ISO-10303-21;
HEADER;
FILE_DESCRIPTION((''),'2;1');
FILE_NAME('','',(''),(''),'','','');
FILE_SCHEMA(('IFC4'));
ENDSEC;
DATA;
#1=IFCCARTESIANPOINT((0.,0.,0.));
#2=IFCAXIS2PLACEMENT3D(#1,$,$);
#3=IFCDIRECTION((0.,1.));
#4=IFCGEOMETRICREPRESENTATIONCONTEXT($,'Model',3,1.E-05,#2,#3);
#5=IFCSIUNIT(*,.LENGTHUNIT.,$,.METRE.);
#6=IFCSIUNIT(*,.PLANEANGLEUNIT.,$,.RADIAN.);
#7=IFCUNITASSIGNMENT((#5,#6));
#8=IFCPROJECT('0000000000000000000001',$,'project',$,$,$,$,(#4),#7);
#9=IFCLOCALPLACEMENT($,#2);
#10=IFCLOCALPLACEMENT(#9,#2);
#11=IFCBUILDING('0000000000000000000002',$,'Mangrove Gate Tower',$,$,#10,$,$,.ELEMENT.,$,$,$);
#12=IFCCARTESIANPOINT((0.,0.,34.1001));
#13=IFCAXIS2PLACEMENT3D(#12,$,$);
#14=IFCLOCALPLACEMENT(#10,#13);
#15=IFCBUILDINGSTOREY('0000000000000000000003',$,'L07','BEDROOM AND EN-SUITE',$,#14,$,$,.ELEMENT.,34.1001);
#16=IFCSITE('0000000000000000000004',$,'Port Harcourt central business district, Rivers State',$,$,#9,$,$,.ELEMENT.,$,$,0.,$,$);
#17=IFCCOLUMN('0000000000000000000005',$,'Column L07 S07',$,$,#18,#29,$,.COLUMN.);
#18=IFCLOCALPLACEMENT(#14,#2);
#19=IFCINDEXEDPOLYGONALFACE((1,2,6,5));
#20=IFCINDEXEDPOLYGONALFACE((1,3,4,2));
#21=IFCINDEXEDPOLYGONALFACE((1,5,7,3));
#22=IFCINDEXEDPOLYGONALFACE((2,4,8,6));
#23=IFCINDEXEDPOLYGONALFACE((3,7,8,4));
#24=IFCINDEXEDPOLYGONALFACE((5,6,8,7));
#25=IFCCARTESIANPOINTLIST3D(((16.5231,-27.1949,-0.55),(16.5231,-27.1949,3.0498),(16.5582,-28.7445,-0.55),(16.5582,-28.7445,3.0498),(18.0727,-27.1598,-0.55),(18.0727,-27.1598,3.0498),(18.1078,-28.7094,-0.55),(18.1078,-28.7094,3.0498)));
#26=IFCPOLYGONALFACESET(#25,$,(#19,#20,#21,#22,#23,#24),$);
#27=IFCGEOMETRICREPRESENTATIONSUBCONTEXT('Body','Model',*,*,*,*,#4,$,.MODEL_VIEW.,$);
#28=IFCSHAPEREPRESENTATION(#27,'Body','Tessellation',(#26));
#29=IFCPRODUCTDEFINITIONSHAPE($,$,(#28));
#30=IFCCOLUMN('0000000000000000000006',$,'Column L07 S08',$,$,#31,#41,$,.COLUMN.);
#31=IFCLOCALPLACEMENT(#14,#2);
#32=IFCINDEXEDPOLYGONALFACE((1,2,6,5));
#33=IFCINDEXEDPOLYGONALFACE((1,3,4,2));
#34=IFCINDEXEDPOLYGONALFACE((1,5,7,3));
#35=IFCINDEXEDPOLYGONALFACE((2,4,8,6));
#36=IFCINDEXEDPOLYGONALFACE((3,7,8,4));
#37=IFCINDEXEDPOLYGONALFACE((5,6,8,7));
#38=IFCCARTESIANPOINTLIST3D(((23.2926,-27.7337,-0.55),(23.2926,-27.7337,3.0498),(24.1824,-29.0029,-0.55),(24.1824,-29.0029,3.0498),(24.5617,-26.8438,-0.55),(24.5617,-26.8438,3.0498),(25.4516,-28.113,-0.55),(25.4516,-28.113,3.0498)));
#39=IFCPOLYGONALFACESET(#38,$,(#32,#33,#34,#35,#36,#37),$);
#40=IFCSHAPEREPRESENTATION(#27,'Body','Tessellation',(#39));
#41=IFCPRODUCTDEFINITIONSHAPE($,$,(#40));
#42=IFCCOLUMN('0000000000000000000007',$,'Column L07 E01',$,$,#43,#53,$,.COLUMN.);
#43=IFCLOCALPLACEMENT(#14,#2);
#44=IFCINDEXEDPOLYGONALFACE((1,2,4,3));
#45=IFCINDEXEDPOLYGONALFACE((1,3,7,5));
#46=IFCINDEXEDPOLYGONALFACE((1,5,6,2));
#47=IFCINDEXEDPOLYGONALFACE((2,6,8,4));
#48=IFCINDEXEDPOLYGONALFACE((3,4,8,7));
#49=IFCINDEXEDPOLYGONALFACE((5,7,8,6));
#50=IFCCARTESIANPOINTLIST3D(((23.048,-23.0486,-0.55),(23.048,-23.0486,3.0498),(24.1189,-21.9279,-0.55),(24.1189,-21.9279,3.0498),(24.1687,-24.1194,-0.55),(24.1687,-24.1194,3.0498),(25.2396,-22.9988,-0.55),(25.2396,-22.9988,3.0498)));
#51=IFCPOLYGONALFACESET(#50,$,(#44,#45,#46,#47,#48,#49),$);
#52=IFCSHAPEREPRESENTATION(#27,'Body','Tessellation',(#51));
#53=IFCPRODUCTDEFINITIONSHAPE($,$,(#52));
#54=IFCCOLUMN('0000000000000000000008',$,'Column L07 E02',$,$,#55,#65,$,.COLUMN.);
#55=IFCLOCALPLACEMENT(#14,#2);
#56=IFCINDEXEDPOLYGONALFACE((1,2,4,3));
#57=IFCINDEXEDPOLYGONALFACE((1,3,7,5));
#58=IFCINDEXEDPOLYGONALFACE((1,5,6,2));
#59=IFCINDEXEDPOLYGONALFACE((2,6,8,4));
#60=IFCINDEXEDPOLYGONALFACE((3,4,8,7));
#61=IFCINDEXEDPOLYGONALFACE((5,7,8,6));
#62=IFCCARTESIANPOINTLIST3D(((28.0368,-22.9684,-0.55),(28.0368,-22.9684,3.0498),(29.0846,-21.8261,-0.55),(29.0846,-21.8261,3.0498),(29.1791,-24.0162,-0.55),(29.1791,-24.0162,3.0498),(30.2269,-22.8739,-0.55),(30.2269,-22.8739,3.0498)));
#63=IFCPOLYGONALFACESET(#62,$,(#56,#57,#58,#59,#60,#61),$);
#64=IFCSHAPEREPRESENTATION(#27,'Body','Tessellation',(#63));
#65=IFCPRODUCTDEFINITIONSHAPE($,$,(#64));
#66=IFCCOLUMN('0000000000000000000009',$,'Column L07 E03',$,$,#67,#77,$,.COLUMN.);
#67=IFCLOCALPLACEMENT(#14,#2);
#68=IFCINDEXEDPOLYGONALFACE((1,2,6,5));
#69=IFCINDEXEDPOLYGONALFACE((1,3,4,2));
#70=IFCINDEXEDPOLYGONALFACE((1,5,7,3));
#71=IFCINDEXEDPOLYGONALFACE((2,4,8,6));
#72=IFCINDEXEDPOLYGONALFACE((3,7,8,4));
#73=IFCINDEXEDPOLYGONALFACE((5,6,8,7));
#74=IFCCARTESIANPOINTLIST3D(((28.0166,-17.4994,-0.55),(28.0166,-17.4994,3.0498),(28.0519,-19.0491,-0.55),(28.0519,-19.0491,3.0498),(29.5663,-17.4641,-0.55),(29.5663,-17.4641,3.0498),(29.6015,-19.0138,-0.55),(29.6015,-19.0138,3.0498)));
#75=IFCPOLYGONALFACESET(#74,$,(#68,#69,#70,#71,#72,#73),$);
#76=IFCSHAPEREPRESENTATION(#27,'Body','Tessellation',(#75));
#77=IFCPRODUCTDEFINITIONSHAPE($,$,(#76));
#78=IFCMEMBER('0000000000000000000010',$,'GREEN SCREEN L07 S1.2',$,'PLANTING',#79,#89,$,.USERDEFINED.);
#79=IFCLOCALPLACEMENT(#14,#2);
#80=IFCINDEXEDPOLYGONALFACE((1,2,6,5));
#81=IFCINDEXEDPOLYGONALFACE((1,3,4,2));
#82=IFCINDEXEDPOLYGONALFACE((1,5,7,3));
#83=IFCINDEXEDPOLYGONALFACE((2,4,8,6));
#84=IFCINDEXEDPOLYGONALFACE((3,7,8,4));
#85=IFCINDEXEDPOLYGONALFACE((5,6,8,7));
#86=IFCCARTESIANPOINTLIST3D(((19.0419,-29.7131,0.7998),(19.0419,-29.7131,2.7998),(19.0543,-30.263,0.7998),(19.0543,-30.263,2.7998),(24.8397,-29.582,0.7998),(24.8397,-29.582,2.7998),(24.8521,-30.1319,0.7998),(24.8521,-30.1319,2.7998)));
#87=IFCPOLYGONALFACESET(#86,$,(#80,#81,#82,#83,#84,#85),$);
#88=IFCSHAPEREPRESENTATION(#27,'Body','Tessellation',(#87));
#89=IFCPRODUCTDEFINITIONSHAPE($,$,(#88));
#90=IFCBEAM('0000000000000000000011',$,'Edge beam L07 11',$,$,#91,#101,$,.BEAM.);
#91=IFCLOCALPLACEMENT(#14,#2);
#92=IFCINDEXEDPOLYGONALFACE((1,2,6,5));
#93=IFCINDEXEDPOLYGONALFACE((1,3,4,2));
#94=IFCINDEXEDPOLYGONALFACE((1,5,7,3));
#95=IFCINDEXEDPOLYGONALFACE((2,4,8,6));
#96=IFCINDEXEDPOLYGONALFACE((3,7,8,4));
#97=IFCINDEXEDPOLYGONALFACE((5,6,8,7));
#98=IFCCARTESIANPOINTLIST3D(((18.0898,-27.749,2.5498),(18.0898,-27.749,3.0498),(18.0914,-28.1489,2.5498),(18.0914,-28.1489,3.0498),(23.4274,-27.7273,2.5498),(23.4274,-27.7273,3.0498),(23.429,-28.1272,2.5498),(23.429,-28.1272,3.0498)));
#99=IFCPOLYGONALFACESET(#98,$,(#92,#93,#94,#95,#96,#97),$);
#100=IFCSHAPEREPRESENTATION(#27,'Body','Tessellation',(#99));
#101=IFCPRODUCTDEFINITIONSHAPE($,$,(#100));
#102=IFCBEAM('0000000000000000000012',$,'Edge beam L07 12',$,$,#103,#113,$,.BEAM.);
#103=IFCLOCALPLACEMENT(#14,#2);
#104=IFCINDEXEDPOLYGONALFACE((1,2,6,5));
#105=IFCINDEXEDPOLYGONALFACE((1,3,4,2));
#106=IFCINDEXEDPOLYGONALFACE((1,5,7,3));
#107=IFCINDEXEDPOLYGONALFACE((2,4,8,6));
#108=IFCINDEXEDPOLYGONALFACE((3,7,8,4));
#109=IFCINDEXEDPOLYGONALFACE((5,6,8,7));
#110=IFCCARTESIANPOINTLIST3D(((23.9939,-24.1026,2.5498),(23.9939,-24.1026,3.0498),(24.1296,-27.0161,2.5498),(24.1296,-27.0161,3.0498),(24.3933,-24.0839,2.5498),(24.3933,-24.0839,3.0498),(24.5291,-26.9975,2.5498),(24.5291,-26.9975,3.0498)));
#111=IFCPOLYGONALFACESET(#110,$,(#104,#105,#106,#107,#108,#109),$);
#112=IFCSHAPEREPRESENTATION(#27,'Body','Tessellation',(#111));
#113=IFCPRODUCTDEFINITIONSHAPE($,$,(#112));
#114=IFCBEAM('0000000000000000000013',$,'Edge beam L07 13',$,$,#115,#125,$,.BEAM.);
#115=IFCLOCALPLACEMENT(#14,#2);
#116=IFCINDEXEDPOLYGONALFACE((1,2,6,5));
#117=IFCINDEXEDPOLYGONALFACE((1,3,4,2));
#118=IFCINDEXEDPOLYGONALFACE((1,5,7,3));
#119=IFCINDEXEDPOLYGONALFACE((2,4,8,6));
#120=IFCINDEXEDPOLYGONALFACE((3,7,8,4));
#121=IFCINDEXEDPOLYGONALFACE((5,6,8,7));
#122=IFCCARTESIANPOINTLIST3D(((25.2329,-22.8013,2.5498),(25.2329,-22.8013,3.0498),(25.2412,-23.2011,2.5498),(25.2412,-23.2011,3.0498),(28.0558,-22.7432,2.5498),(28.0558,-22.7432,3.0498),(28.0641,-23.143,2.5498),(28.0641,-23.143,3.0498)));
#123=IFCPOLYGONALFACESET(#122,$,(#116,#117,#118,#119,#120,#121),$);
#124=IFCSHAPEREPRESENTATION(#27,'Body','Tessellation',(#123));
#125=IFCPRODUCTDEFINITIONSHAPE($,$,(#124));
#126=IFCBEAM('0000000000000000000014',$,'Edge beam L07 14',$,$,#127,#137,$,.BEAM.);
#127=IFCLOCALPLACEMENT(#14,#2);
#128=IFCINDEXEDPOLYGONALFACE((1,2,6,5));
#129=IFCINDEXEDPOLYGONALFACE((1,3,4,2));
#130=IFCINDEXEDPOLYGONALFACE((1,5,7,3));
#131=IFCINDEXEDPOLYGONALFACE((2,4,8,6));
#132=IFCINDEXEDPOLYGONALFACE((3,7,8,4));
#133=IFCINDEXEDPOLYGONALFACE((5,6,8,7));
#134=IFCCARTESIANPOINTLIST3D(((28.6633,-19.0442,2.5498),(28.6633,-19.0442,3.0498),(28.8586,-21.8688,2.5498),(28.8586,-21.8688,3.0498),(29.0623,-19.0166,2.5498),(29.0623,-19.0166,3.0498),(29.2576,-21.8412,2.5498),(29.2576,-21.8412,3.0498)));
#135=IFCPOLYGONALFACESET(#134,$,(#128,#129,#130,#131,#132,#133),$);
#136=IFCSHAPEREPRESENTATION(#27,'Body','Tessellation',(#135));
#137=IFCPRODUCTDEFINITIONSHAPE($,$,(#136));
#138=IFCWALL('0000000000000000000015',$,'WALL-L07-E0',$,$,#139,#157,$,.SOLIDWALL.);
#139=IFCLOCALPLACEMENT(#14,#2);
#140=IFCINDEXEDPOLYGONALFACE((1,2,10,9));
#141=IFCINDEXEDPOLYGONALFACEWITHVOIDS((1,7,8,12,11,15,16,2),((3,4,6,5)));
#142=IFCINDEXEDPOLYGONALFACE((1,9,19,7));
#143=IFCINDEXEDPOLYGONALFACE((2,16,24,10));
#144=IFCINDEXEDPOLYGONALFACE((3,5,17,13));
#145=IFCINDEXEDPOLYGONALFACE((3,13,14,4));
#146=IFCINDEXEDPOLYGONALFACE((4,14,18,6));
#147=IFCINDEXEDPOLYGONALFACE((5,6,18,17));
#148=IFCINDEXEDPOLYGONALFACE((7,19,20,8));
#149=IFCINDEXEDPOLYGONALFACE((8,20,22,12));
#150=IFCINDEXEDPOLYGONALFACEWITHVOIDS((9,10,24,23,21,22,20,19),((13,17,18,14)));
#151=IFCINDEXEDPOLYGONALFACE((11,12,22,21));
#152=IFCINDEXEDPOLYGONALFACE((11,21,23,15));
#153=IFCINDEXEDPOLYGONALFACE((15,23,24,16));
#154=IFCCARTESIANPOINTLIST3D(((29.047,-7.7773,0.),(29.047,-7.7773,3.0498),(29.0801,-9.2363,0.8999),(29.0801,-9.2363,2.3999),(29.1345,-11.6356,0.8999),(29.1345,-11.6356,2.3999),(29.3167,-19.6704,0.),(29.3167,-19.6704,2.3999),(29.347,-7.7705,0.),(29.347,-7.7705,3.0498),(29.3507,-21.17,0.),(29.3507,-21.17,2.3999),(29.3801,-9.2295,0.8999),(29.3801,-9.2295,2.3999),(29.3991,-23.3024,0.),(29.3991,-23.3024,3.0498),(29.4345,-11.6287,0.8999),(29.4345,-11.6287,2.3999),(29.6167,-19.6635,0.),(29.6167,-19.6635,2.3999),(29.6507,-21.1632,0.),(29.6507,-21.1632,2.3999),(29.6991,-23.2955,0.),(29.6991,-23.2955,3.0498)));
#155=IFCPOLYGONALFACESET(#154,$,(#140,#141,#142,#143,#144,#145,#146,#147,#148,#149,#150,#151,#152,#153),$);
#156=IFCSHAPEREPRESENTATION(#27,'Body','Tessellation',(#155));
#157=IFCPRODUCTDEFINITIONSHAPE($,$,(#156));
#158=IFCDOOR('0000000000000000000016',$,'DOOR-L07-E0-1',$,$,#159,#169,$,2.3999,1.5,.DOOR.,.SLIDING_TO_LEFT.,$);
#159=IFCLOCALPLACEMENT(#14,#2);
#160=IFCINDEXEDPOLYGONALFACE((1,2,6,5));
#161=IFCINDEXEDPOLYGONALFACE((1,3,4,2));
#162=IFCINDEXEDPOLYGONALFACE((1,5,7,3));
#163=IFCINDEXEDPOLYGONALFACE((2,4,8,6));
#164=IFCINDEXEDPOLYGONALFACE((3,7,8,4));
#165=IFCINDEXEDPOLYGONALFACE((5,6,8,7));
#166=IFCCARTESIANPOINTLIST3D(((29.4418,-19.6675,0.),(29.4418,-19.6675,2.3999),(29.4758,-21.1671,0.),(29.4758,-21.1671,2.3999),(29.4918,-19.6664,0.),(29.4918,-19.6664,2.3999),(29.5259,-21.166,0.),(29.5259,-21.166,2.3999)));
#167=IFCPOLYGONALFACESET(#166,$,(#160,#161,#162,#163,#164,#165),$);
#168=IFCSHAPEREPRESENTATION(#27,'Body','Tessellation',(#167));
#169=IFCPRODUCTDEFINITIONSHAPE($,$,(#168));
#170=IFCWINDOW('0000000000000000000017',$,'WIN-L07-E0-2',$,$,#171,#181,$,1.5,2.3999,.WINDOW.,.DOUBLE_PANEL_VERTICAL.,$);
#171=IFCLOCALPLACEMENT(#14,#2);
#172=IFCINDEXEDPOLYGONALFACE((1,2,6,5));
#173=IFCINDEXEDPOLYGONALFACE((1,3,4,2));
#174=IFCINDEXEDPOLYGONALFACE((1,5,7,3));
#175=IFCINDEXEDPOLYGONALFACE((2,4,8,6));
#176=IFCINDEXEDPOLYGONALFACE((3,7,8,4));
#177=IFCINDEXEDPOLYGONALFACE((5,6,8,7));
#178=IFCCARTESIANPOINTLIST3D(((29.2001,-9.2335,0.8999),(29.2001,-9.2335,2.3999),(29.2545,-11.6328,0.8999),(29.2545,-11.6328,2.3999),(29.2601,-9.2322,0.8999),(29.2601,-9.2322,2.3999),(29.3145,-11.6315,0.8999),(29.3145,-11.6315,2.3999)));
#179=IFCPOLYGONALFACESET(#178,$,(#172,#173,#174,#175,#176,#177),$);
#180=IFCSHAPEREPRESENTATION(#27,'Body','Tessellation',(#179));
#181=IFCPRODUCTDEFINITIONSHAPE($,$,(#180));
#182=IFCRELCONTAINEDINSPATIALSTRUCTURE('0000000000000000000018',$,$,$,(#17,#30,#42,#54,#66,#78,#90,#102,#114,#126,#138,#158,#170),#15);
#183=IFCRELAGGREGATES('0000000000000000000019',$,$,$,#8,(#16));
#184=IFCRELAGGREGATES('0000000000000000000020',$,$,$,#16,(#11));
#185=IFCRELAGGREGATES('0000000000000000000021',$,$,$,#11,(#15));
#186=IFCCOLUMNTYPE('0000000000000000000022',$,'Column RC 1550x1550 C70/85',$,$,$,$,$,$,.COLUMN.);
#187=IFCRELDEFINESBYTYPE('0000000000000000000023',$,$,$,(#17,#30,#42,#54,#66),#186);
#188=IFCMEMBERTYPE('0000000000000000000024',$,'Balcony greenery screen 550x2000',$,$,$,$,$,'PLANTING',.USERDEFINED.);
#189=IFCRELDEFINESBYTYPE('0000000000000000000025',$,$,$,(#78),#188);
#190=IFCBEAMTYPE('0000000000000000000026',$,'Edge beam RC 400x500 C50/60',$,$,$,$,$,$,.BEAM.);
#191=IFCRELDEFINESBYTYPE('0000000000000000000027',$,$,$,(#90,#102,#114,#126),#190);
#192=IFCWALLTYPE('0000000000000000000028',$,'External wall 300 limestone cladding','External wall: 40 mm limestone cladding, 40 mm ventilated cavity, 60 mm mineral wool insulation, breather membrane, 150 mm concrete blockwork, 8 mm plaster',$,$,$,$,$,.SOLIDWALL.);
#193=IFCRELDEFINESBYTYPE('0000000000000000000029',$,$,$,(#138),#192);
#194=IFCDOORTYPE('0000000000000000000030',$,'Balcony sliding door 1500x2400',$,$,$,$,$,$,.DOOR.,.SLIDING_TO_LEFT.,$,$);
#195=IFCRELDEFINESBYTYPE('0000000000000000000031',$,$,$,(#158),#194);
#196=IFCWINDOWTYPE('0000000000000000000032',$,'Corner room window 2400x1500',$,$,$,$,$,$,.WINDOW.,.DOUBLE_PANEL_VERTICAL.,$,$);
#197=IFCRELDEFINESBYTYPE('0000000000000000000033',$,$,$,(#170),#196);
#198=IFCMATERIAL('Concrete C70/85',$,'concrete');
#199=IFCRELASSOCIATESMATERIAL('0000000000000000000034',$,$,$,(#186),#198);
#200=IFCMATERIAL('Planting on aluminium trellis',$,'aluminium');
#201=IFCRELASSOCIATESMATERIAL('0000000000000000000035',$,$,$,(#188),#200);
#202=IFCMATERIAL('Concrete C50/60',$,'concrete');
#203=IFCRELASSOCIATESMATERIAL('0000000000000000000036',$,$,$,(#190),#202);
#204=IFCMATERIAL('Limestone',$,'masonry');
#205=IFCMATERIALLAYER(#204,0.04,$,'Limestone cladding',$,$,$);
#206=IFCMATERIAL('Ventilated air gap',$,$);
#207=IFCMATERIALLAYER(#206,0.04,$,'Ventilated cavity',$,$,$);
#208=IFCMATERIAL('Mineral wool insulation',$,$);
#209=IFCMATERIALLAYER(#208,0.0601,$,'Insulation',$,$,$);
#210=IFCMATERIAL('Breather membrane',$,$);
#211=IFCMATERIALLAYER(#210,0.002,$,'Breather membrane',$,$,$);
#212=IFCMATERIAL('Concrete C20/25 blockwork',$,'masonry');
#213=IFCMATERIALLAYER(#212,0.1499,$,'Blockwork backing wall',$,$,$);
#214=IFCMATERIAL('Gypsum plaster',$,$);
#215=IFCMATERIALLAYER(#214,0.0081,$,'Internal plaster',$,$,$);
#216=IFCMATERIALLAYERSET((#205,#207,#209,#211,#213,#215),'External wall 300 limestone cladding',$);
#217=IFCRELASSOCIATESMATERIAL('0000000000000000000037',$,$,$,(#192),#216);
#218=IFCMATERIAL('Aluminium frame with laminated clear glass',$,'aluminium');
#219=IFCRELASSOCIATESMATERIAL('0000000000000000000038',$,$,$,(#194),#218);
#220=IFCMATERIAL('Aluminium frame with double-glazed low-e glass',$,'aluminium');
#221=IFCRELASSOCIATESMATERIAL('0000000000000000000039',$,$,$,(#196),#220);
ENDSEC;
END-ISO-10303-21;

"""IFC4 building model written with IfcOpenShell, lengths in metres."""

from ifc_helpers import new_model, si_unit, direction, frame, frame_2d, origin, origin_2d, place, context, subcontext, project, spatial, rectangle, extrude, material, layer, layer_set, material_profile, profile_set, type_object, element, fill, save


model = new_model("IFC4")

# Units and contexts
model_context = context("Model", 3, precision=1e-05, world=origin(), true_north=direction((0.0, 1.0)))
body_context = subcontext(model_context, "Body", "Model", "MODEL_VIEW")
ifc_project = project(units=[si_unit("LENGTHUNIT", "METRE"), si_unit("PLANEANGLEUNIT", "RADIAN")], contexts=[model_context])

# Site, building, storey
site_placement = place(None, origin())
site = spatial("IfcSite", under=ifc_project, at=site_placement, Name="Port Harcourt central business district, Rivers State", CompositionType="ELEMENT", RefElevation=0.0)
building_placement = place(site_placement, origin())
building = spatial("IfcBuilding", under=site, at=building_placement, Name="Mangrove Gate Tower", CompositionType="ELEMENT")
storey_placement = place(building_placement, frame((0.0, 0.0, 34.1001)))
storey = spatial("IfcBuildingStorey", under=building, at=storey_placement, Name="L07", Description="BEDROOM AND EN-SUITE", CompositionType="ELEMENT", Elevation=34.1001)

# Columns
ifc_material_1 = material(Name="Concrete C70/85", Category="concrete")
ifc_material_profile_1 = material_profile(ifc_material_1, rectangle(XDim=1.55, YDim=1.55, at=origin_2d()))
ifc_profile_set_1 = profile_set([ifc_material_profile_1], Name="Concrete C70/85")
column_type = type_object("IfcColumnType", Name="Column RC 1550x1550 C70/85", PredefinedType="COLUMN", material=ifc_profile_set_1)
for number, where, z_axis, x_axis, name in (
    (1, (17.3154, -27.9521, -0.55), (0.0, 0.0, 1.0), (0.999744, 0.022644, 0.0), "Column L07 S07"),
    (2, (24.3721, -27.9233, -0.55), (0.0, 0.0, 1.0), (0.818799, 0.574081, 0.0), "Column L07 S08"),
    (3, (24.1438, -23.0237, -0.55), (0.0, 0.0, 1.0), (0.690876, 0.722973, 0.0), "Column L07 E01"),
    (4, (29.1318, -22.9211, -0.55), (0.0, 0.0, 1.0), (0.675975, 0.736924, 0.0), "Column L07 E02"),
    (5, (28.8091, -18.2566, -0.55), (0.0, 0.0, 1.0), (-0.022754, 0.999741, 0.0), "Column L07 E03"),
):
    element("IfcColumn", number, at=place(storey_placement, frame(where, z_axis=z_axis, x_axis=x_axis)), inside=storey, type_object=column_type, Name=name, PredefinedType="COLUMN", context=body_context, shape_type="SweptSolid", body=[
        extrude(rectangle(XDim=1.55, YDim=1.55, at=origin_2d()), origin(), (0.0, 0.0, 1.0), 3.5999),
    ])

# Member
ifc_material_2 = material(Name="Planting on aluminium trellis", Category="aluminium")
ifc_material_profile_2 = material_profile(ifc_material_2, rectangle(XDim=0.55, YDim=2.0, at=origin_2d()))
ifc_profile_set_2 = profile_set([ifc_material_profile_2], Name="Planting on aluminium trellis")
member_type = type_object("IfcMemberType", Name="Balcony greenery screen 550x2000", ElementType="PLANTING", PredefinedType="USERDEFINED", material=ifc_profile_set_2)
member_placement = place(storey_placement, frame((19.0481, -29.988, 1.7998), z_axis=(0.999744, 0.022607, 0.0), x_axis=(-0.022607, 0.999744, 0.0)))
element("IfcMember", 6, at=member_placement, inside=storey, type_object=member_type, Name="GREEN SCREEN L07 S1.2", ObjectType="PLANTING", PredefinedType="USERDEFINED", context=body_context, shape_type="SweptSolid", body=[
    extrude(rectangle(XDim=0.55, YDim=2.0, at=origin_2d()), origin(), (0.0, 0.0, 1.0), 5.7993),
])

# Beams
ifc_material_3 = material(Name="Concrete C50/60", Category="concrete")
ifc_material_profile_3 = material_profile(ifc_material_3, rectangle(XDim=0.3999, YDim=0.5, at=origin_2d()))
ifc_profile_set_3 = profile_set([ifc_material_profile_3], Name="Concrete C50/60")
beam_type = type_object("IfcBeamType", Name="Edge beam RC 400x500 C50/60", PredefinedType="BEAM", material=ifc_profile_set_3)
beam_1_placement = place(storey_placement, frame((18.0906, -27.949, 2.7998), z_axis=(0.999992, 0.004071, 0.0), x_axis=(-0.004071, 0.999992, 0.0)))
element("IfcBeam", 7, at=beam_1_placement, inside=storey, type_object=beam_type, Name="Edge beam L07 11", PredefinedType="BEAM", context=body_context, shape_type="SweptSolid", body=[
    extrude(rectangle(XDim=0.3999, YDim=0.5, at=origin_2d()), origin(), (0.0, 0.0, 1.0), 5.3376),
])
beam_2_placement = place(storey_placement, frame((24.3293, -27.0068, 2.7998), z_axis=(-0.046539, 0.998916, 0.0), x_axis=(-0.998916, -0.046539, 0.0)))
element("IfcBeam", 8, at=beam_2_placement, inside=storey, type_object=beam_type, Name="Edge beam L07 12", PredefinedType="BEAM", context=body_context, shape_type="SweptSolid", body=[
    extrude(rectangle(XDim=0.3999, YDim=0.5, at=origin_2d()), origin(), (0.0, 0.0, 1.0), 2.9167),
])
beam_3_placement = place(storey_placement, frame((25.2371, -23.0012, 2.7998), z_axis=(0.999788, 0.020579, 0.0), x_axis=(-0.020579, 0.999788, 0.0)))
element("IfcBeam", 9, at=beam_3_placement, inside=storey, type_object=beam_type, Name="Edge beam L07 13", PredefinedType="BEAM", context=body_context, shape_type="SweptSolid", body=[
    extrude(rectangle(XDim=0.3999, YDim=0.5, at=origin_2d()), origin(), (0.0, 0.0, 1.0), 2.8235),
])
beam_4_placement = place(storey_placement, frame((29.0581, -21.855, 2.7998), z_axis=(-0.068986, 0.997618, 0.0), x_axis=(-0.997618, -0.068986, 0.0)))
element("IfcBeam", 10, at=beam_4_placement, inside=storey, type_object=beam_type, Name="Edge beam L07 14", PredefinedType="BEAM", context=body_context, shape_type="SweptSolid", body=[
    extrude(rectangle(XDim=0.3999, YDim=0.5, at=origin_2d()), origin(), (0.0, 0.0, 1.0), 2.8313),
])

# Wall, openings, door, window
ifc_material_4 = material(Name="Limestone", Category="masonry")
ifc_layer_1 = layer(ifc_material_4, 0.04, Name="Limestone cladding")
ifc_material_5 = material(Name="Ventilated air gap")
ifc_layer_2 = layer(ifc_material_5, 0.04, Name="Ventilated cavity")
ifc_material_6 = material(Name="Mineral wool insulation")
ifc_layer_3 = layer(ifc_material_6, 0.0601, Name="Insulation")
ifc_material_7 = material(Name="Breather membrane")
ifc_layer_4 = layer(ifc_material_7, 0.002, Name="Breather membrane")
ifc_material_8 = material(Name="Concrete C20/25 blockwork", Category="masonry")
ifc_layer_5 = layer(ifc_material_8, 0.1499, Name="Blockwork backing wall")
ifc_material_9 = material(Name="Gypsum plaster")
ifc_layer_6 = layer(ifc_material_9, 0.0081, Name="Internal plaster")
ifc_layer_set_1 = layer_set([ifc_layer_1, ifc_layer_2, ifc_layer_3, ifc_layer_4, ifc_layer_5, ifc_layer_6], Name="External wall 300 limestone cladding")
wall_type_1 = type_object("IfcWallType", Name="External wall 300 limestone cladding", Description="External wall: 40 mm limestone cladding, 40 mm ventilated cavity, 60 mm mineral wool insulation, breather membrane, 150 mm concrete blockwork, 8 mm plaster", PredefinedType="SOLIDWALL", material=ifc_layer_set_1)
wall_1_placement = place(storey_placement, frame((29.5491, -23.2991, 0.0), z_axis=(0.0, 0.0, 1.0), x_axis=(-0.02267, 0.999743, 0.0)))
wall_1 = element("IfcWall", 11, at=wall_1_placement, inside=storey, type_object=wall_type_1, Name="WALL-L07-E0", PredefinedType="SOLIDWALL", context=body_context, shape_type="SweptSolid", body=[
    extrude(rectangle(XDim=15.5291, YDim=0.3, at=frame_2d((7.7646, 0.0))), origin(), (0.0, 0.0, 1.0), 3.0498),
])
opening_1_placement = place(wall_1_placement, frame((2.1331, 0.0, 0.0)))
opening_1 = element("IfcOpeningElement", 12, at=opening_1_placement, cuts=wall_1, PredefinedType="OPENING", context=body_context, shape_type="SweptSolid", body=[
    extrude(rectangle(XDim=1.5, YDim=2.3999, at=frame_2d((0.75, 1.2))), frame((0.0, 0.1599, 0.0), z_axis=(0.0, -1.0, 0.0), x_axis=(1.0, 0.0, 0.0)), (0.0, 0.0, 1.0), 0.3201),
])
opening_2_placement = place(wall_1_placement, frame((11.6699, 0.0, 0.8999)))
opening_2 = element("IfcOpeningElement", 13, at=opening_2_placement, cuts=wall_1, PredefinedType="OPENING", context=body_context, shape_type="SweptSolid", body=[
    extrude(rectangle(XDim=2.3999, YDim=1.5, at=frame_2d((1.2, 0.75))), frame((0.0, 0.1599, 0.0), z_axis=(0.0, -1.0, 0.0), x_axis=(1.0, 0.0, 0.0)), (0.0, 0.0, 1.0), 0.3201),
])
ifc_material_10 = material(Name="Aluminium frame with laminated clear glass", Category="aluminium")
door_type = type_object("IfcDoorType", Name="Balcony sliding door 1500x2400", OperationType="SLIDING_TO_LEFT", PredefinedType="DOOR", material=ifc_material_10)
door_placement = place(opening_1_placement, origin())
door = element("IfcDoor", 14, at=door_placement, inside=storey, type_object=door_type, Name="DOOR-L07-E0-1", OperationType="SLIDING_TO_LEFT", OverallHeight=2.3999, OverallWidth=1.5, PredefinedType="DOOR", context=body_context, shape_type="SweptSolid", body=[
    extrude(rectangle(XDim=1.5, YDim=2.3999, at=frame_2d((0.75, 1.2))), frame((0.0, 0.0249, 0.0), z_axis=(0.0, -1.0, 0.0), x_axis=(1.0, 0.0, 0.0)), (0.0, 0.0, 1.0), 0.05),
])
fill(opening_1, door)
ifc_material_11 = material(Name="Aluminium frame with double-glazed low-e glass", Category="aluminium")
window_type = type_object("IfcWindowType", Name="Corner room window 2400x1500", PartitioningType="DOUBLE_PANEL_VERTICAL", PredefinedType="WINDOW", material=ifc_material_11)
window_1_placement = place(opening_2_placement, origin())
window_1 = element("IfcWindow", 15, at=window_1_placement, inside=storey, type_object=window_type, Name="WIN-L07-E0-2", OverallHeight=1.5, OverallWidth=2.3999, PartitioningType="DOUBLE_PANEL_VERTICAL", PredefinedType="WINDOW", context=body_context, shape_type="SweptSolid", body=[
    extrude(rectangle(XDim=2.3999, YDim=1.5, at=frame_2d((1.2, 0.75))), frame((0.0, 0.03, 0.0), z_axis=(0.0, -1.0, 0.0), x_axis=(1.0, 0.0, 0.0)), (0.0, 0.0, 1.0), 0.0601),
])
fill(opening_2, window_1)

save(model, "model.ifc")
